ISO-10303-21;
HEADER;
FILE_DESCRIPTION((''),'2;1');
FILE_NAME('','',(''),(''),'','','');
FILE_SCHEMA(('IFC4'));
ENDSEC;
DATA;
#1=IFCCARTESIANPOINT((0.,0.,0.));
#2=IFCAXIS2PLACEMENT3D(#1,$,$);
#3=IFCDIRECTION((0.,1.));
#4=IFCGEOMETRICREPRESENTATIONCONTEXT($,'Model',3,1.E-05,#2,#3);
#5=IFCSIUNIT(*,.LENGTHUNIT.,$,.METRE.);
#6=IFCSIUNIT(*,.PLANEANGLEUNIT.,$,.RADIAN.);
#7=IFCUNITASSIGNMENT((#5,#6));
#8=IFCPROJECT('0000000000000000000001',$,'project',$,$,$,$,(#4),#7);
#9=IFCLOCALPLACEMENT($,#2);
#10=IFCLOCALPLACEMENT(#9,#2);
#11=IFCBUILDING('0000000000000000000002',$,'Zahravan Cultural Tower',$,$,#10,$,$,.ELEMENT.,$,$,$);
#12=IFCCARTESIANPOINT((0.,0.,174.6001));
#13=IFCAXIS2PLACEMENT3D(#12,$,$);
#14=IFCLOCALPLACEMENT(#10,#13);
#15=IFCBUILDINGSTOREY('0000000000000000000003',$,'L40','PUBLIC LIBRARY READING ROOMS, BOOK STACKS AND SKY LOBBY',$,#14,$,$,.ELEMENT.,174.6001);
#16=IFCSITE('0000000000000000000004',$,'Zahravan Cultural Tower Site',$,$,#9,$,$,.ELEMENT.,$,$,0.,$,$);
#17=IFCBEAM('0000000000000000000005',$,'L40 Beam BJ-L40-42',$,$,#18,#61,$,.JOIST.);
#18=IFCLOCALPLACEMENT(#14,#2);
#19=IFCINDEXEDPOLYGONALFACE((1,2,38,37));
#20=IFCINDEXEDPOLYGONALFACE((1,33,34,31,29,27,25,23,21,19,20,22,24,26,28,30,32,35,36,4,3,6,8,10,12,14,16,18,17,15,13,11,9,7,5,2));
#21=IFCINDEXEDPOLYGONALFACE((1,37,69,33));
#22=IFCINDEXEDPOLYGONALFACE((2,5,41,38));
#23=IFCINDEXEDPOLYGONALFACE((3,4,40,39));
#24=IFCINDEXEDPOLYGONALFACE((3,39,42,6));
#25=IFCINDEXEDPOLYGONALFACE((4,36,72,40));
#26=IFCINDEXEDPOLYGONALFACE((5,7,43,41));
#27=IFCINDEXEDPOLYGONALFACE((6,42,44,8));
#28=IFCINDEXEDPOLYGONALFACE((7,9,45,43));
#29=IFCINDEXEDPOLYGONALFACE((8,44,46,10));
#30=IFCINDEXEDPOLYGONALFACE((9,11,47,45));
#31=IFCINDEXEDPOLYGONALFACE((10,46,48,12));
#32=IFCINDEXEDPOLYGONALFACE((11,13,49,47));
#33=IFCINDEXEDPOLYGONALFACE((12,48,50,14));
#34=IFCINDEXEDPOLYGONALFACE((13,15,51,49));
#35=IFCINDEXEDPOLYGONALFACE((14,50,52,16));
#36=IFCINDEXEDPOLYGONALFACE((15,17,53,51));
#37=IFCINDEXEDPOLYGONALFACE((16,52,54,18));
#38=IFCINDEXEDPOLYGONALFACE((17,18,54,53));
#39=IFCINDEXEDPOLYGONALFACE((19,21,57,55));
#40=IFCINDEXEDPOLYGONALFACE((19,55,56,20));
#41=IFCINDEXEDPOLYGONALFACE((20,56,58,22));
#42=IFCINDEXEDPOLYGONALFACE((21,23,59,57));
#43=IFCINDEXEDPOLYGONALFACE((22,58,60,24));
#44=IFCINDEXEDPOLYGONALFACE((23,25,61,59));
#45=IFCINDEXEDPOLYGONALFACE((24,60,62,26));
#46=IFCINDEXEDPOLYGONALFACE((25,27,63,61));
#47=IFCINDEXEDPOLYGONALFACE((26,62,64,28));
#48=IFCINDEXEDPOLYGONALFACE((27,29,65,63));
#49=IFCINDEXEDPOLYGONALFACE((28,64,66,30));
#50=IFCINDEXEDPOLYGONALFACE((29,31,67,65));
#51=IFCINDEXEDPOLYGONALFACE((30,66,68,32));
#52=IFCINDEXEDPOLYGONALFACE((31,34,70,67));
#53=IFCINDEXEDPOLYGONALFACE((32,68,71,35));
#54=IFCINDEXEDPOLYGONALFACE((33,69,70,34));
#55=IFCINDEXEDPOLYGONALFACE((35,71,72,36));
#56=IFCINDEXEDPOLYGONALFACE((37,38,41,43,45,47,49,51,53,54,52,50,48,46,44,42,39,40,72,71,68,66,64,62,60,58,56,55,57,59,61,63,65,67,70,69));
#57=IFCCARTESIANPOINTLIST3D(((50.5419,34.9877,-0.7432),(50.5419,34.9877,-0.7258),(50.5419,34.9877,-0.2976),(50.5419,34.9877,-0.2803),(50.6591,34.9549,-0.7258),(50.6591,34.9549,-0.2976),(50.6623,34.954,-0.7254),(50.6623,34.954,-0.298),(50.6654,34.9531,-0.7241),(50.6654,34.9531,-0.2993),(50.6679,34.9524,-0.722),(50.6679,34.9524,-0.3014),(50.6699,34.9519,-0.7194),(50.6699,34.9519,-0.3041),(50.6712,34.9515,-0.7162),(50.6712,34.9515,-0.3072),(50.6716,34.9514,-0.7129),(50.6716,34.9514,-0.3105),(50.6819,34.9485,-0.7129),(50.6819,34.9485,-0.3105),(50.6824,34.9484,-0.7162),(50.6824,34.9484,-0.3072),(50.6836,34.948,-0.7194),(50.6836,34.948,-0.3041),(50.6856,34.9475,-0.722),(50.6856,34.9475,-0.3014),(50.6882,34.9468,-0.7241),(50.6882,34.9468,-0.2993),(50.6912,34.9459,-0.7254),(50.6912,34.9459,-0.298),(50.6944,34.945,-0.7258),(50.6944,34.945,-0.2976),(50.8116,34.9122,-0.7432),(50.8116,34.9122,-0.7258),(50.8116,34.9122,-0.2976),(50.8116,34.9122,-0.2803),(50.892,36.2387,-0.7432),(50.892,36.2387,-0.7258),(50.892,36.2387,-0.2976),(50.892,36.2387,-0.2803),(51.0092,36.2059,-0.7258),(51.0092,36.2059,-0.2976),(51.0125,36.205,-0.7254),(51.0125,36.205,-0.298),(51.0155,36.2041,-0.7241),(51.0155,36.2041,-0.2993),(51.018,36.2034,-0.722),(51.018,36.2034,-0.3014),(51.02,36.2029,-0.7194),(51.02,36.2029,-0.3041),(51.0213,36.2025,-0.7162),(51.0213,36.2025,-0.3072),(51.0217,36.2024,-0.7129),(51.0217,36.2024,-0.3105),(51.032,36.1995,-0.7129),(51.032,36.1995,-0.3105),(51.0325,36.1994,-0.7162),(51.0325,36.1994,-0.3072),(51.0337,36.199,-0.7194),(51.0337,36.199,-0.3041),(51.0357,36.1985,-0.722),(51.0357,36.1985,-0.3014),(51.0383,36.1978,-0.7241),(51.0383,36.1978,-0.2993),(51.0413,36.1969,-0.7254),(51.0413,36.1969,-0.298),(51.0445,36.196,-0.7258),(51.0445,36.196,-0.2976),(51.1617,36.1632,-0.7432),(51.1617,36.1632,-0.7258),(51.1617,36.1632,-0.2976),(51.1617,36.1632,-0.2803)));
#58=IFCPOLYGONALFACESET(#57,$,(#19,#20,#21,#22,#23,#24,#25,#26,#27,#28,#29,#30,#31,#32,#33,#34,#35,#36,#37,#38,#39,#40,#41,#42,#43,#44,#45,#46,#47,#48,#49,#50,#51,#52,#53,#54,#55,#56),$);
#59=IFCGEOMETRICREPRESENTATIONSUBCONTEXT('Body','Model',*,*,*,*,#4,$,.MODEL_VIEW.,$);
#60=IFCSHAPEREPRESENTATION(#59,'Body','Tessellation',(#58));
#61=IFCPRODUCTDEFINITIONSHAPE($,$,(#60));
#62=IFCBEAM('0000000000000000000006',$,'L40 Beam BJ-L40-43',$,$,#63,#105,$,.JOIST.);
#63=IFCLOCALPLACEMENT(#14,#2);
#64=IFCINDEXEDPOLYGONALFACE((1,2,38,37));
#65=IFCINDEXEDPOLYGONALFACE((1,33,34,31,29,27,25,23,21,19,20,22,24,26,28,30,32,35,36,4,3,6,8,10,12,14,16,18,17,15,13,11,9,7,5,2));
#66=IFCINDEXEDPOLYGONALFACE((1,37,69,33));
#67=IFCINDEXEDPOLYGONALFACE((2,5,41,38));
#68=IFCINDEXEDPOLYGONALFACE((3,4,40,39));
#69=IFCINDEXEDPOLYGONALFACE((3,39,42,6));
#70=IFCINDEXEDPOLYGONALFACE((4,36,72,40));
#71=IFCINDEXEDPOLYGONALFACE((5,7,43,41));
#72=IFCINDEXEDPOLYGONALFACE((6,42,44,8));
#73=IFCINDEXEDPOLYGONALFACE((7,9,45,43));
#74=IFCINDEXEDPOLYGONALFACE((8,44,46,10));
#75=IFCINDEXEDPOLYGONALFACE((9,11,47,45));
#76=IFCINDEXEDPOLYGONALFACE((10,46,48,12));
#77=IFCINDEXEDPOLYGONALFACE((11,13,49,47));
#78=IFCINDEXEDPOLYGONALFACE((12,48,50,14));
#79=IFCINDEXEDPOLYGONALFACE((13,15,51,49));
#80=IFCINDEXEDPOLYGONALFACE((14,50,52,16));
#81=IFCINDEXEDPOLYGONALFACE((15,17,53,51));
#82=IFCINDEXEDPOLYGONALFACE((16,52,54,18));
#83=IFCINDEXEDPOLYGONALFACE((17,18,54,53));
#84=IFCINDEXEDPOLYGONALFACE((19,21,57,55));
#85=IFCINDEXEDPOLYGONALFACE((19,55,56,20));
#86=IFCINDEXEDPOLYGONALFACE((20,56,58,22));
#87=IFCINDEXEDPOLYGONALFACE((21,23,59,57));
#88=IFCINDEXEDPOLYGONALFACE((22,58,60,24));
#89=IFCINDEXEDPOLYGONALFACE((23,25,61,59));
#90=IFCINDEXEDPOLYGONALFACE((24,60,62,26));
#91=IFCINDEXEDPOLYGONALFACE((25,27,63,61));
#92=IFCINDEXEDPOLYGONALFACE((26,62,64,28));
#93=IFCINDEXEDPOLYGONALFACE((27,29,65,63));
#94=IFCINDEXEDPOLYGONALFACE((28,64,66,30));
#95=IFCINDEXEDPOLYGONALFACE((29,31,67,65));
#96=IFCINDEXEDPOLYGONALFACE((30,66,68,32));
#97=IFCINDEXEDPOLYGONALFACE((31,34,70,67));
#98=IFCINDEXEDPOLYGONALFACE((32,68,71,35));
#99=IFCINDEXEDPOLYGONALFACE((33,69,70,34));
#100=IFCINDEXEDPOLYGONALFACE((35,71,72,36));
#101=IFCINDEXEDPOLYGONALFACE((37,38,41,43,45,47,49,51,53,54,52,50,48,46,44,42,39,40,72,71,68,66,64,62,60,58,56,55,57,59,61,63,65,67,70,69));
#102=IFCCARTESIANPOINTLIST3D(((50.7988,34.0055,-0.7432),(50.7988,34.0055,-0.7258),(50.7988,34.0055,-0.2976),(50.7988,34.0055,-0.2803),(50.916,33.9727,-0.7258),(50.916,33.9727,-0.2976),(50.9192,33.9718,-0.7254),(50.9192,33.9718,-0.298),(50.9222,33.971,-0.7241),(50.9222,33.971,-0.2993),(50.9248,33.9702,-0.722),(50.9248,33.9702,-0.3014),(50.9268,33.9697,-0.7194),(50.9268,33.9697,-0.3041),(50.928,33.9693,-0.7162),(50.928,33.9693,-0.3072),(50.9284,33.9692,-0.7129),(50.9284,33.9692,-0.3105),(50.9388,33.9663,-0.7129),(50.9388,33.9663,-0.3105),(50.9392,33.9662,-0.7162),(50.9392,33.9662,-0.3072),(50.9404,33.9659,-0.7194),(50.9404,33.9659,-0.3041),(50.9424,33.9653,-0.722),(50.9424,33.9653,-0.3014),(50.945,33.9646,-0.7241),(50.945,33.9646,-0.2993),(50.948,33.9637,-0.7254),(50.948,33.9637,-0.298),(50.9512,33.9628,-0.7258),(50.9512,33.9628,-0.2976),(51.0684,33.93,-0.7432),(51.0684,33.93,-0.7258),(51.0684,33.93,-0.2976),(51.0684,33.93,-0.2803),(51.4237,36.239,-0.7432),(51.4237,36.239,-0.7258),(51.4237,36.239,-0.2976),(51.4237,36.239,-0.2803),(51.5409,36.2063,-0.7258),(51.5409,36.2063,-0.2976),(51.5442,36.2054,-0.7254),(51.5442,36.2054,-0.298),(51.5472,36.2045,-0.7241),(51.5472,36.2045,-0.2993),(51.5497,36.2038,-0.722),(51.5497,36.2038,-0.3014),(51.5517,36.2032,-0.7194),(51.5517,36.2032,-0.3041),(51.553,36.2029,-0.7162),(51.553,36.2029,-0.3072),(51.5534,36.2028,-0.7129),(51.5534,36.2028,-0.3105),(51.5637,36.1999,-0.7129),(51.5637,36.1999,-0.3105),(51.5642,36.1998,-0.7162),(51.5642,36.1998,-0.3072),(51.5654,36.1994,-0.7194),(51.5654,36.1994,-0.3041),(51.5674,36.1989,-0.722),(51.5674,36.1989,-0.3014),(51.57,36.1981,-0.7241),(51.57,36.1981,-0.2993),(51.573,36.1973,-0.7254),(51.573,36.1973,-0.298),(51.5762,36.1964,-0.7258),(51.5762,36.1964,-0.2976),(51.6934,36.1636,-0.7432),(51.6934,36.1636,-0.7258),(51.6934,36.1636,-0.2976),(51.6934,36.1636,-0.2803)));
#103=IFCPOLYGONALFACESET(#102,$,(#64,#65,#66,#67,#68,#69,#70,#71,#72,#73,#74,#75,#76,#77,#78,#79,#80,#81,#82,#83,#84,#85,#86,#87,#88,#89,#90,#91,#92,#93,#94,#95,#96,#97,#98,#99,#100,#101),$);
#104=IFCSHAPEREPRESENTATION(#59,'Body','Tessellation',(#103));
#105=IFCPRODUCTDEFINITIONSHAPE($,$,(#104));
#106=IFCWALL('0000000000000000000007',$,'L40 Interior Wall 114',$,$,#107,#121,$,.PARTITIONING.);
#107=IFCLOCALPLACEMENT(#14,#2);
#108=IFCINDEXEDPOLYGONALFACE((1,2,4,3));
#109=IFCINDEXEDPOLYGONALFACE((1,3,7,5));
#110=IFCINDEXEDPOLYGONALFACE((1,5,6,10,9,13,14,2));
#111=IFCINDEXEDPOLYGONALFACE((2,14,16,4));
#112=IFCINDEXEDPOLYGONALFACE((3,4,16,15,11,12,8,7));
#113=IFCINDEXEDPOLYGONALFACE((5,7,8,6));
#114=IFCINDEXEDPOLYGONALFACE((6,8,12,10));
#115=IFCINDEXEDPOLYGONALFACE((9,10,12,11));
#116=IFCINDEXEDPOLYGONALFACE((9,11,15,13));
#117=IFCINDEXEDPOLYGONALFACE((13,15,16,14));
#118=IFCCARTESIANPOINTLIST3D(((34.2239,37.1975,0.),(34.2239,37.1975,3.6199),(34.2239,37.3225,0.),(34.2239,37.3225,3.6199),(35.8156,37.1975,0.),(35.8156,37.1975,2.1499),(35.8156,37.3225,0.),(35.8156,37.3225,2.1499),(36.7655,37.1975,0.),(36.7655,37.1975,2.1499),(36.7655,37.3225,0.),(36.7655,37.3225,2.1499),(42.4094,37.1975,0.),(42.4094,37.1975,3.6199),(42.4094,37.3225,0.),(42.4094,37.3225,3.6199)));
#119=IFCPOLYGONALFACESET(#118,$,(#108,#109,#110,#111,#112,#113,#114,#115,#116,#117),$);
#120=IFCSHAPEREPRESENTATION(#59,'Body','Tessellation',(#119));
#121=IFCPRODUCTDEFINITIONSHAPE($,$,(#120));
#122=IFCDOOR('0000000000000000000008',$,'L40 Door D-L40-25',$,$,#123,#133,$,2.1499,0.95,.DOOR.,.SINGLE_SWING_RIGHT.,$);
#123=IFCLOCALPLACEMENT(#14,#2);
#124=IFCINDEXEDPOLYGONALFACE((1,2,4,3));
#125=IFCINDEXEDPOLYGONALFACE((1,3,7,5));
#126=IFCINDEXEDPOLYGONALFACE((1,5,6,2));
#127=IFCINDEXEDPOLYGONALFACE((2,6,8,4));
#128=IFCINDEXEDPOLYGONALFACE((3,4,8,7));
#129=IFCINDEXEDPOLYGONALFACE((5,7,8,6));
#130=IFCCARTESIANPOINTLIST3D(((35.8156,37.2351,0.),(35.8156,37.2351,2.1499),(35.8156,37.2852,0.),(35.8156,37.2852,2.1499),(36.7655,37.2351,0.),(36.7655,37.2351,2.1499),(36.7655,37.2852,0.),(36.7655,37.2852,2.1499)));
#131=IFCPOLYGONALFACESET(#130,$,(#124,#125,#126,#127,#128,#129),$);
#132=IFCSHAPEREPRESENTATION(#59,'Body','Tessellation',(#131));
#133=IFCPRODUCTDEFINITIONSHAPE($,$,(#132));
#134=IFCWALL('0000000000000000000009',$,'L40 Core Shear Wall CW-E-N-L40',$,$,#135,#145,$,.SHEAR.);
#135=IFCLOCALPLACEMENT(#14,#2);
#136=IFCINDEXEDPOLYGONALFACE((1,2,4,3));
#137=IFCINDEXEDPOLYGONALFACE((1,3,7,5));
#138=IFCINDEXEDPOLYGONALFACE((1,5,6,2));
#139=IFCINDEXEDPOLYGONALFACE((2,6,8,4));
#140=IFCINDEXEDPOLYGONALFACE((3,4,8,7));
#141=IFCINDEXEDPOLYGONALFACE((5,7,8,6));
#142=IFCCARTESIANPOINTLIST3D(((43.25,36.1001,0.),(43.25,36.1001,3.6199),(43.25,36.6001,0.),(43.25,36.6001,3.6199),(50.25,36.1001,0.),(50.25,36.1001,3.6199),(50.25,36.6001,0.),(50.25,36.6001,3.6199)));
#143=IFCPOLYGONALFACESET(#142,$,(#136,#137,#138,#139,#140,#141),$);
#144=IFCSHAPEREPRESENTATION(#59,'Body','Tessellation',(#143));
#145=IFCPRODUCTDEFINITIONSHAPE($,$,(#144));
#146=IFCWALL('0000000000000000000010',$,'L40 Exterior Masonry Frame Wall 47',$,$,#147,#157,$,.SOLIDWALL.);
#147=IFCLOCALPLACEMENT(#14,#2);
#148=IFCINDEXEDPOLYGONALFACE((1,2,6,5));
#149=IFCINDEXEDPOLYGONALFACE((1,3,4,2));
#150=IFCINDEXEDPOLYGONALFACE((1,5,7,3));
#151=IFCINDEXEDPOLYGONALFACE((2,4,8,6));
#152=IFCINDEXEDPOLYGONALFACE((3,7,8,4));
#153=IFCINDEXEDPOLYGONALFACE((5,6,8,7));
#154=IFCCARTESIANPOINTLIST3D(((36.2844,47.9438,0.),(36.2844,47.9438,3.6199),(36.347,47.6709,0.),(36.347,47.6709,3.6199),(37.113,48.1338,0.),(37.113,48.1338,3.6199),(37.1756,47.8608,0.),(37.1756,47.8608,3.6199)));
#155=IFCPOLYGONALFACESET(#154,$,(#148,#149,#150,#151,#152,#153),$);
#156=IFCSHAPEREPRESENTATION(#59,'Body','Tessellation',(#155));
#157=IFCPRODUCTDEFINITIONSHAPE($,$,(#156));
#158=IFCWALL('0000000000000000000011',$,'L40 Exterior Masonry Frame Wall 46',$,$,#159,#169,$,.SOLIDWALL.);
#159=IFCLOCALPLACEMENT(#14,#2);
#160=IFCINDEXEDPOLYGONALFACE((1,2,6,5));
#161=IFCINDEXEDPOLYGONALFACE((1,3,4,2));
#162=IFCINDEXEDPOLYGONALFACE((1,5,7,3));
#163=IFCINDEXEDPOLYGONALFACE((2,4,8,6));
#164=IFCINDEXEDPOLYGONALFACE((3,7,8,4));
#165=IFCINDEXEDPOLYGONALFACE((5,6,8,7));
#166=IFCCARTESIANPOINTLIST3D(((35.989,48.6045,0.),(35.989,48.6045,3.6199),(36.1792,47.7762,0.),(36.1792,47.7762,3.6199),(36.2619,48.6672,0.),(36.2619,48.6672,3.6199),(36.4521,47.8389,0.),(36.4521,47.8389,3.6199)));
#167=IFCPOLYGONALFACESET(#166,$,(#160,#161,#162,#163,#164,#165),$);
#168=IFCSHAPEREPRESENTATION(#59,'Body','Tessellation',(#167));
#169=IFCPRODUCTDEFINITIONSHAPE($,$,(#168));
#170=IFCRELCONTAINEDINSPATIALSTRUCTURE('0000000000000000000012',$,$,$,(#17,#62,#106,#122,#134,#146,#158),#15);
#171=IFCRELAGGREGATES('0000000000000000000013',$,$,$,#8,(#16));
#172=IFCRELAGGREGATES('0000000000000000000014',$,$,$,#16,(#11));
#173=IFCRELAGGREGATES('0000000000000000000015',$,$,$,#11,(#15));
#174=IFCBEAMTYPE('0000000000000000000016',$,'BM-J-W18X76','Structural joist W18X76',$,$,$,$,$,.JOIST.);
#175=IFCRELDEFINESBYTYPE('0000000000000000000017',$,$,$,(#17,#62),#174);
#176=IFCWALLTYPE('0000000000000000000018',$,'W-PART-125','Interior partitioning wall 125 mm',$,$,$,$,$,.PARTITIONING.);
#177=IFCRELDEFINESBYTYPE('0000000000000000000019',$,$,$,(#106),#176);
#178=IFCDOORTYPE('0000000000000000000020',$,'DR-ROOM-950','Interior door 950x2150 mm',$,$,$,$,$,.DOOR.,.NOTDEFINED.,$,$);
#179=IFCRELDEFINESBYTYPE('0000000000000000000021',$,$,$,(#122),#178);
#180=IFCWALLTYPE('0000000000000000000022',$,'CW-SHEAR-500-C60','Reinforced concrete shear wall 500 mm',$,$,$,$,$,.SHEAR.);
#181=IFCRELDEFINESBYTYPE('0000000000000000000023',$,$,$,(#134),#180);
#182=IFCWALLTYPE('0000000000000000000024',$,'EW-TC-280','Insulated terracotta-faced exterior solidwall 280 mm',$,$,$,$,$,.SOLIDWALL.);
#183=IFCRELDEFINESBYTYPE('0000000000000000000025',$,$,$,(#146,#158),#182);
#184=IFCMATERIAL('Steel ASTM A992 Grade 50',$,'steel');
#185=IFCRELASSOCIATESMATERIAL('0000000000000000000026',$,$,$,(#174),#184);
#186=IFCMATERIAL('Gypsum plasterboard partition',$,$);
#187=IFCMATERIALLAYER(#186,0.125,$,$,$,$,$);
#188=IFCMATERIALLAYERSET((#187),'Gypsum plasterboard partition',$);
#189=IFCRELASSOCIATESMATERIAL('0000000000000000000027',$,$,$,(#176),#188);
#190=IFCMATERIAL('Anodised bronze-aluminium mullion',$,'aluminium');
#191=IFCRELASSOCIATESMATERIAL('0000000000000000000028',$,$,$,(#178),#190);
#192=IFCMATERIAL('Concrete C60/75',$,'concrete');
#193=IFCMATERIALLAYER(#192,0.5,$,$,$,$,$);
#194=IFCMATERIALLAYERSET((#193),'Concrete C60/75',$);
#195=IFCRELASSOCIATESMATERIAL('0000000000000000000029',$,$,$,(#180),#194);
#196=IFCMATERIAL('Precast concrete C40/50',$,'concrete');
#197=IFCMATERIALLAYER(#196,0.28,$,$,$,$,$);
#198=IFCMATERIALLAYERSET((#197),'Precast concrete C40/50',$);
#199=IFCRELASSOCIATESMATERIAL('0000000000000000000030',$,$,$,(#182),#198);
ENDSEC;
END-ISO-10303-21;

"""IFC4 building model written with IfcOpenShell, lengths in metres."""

from ifc_helpers import new_model, si_unit, direction, frame, frame_2d, origin, origin_2d, place, context, subcontext, project, spatial, rectangle, i_section, extrude, source, transform, mapped, material, layer, layer_set, material_profile, profile_set, type_object, element, fill, save


model = new_model("IFC4")

# Units and contexts
model_context = context("Model", 3, precision=1e-05, world=origin(), true_north=direction((0.0, 1.0)))
body_context = subcontext(model_context, "Body", "Model", "MODEL_VIEW")
ifc_project = project(units=[si_unit("LENGTHUNIT", "METRE"), si_unit("PLANEANGLEUNIT", "RADIAN")], contexts=[model_context])

# Site, building, storey
site_placement = place(None, origin())
site = spatial("IfcSite", under=ifc_project, at=site_placement, Name="Zahravan Cultural Tower Site", CompositionType="ELEMENT", RefElevation=0.0)
building_placement = place(site_placement, origin())
building = spatial("IfcBuilding", under=site, at=building_placement, Name="Zahravan Cultural Tower", CompositionType="ELEMENT")
storey_placement = place(building_placement, frame((0.0, 0.0, 174.6001)))
storey = spatial("IfcBuildingStorey", under=building, at=storey_placement, Name="L40", Description="PUBLIC LIBRARY READING ROOMS, BOOK STACKS AND SKY LOBBY", CompositionType="ELEMENT", Elevation=174.6001)

# Beams
ifc_material_1 = material(Name="Steel ASTM A992 Grade 50", Category="steel")
ifc_material_profile_1 = material_profile(ifc_material_1, i_section(OverallWidth=0.28, OverallDepth=0.4629, WebThickness=0.0107, FlangeThickness=0.0173, FilletRadius=0.0129, at=origin_2d()), Name="W18X76")
ifc_profile_set_1 = profile_set([ifc_material_profile_1], Name="Steel ASTM A992 Grade 50")
beam_type_1 = type_object("IfcBeamType", Name="BM-J-W18X76", Description="Structural joist W18X76", PredefinedType="JOIST", material=ifc_profile_set_1)
shared_shape_1 = source(origin(), body_context, "Body", "SweptSolid", [
    extrude(i_section(OverallWidth=0.28, OverallDepth=0.4629, WebThickness=0.0107, FlangeThickness=0.0173, FilletRadius=0.0129, at=origin_2d()), origin(), (0.0, 0.0, 1.0), 1.2991),
])
beam_1_placement = place(storey_placement, frame((50.6768, 34.95, -0.5117), z_axis=(0.269504, 0.962999, 0.0), x_axis=(-0.962999, 0.269504, 0.0)))
element("IfcBeam", 1, at=beam_1_placement, inside=storey, type_object=beam_type_1, Name="L40 Beam BJ-L40-42", PredefinedType="JOIST", context=body_context, shape_type="MappedRepresentation", body=[
    mapped(shared_shape_1, transform((0.0, 0.0, 0.0), x_axis=(1.0, 0.0, 0.0), y_axis=(0.0, 1.0, 0.0), z_axis=(0.0, 0.0, 1.0), scale=1.0)),
])
shared_shape_2 = source(origin(), body_context, "Body", "SweptSolid", [
    extrude(i_section(OverallWidth=0.28, OverallDepth=0.4629, WebThickness=0.0107, FlangeThickness=0.0173, FilletRadius=0.0129, at=origin_2d()), origin(), (0.0, 0.0, 1.0), 2.3193),
])
beam_2_placement = place(storey_placement, frame((50.9336, 33.9678, -0.5117), z_axis=(0.269462, 0.963011, 0.0), x_axis=(-0.963011, 0.269462, 0.0)))
element("IfcBeam", 2, at=beam_2_placement, inside=storey, type_object=beam_type_1, Name="L40 Beam BJ-L40-43", PredefinedType="JOIST", context=body_context, shape_type="MappedRepresentation", body=[
    mapped(shared_shape_2, transform((0.0, 0.0, 0.0), x_axis=(1.0, 0.0, 0.0), y_axis=(0.0, 1.0, 0.0), z_axis=(0.0, 0.0, 1.0), scale=1.0)),
])

# Wall, opening, door
ifc_material_2 = material(Name="Gypsum plasterboard partition")
ifc_layer_1 = layer(ifc_material_2, 0.125)
ifc_layer_set_1 = layer_set([ifc_layer_1], Name="Gypsum plasterboard partition")
wall_type_1 = type_object("IfcWallType", Name="W-PART-125", Description="Interior partitioning wall 125 mm", PredefinedType="PARTITIONING", material=ifc_layer_set_1)
wall_1_placement = place(storey_placement, frame((42.4094, 37.26, 0.0), z_axis=(0.0, 0.0, 1.0), x_axis=(-1.0, 0.0, 0.0)))
wall_1 = element("IfcWall", 3, at=wall_1_placement, inside=storey, type_object=wall_type_1, Name="L40 Interior Wall 114", PredefinedType="PARTITIONING", context=body_context, shape_type="SweptSolid", body=[
    extrude(rectangle(XDim=8.1855, YDim=0.125, at=frame_2d((4.0928, 0.0))), origin(), (0.0, 0.0, 1.0), 3.6199),
])
opening_1_placement = place(wall_1_placement, frame((5.6438, 0.0, 0.0)))
opening_1 = element("IfcOpeningElement", 4, at=opening_1_placement, cuts=wall_1, PredefinedType="OPENING", context=body_context, shape_type="SweptSolid", body=[
    extrude(rectangle(XDim=0.95, YDim=2.1499, at=frame_2d((0.4751, 1.075))), frame((0.0, 0.0725, 0.0), z_axis=(0.0, -1.0, 0.0), x_axis=(1.0, 0.0, 0.0)), (0.0, 0.0, 1.0), 0.145),
])
ifc_material_3 = material(Name="Anodised bronze-aluminium mullion", Category="aluminium")
door_type_1 = type_object("IfcDoorType", Name="DR-ROOM-950", Description="Interior door 950x2150 mm", OperationType="NOTDEFINED", PredefinedType="DOOR", material=ifc_material_3)
shared_shape_3 = source(origin(), body_context, "Body", "SweptSolid", [
    extrude(rectangle(XDim=0.95, YDim=2.1499, at=frame_2d((0.4751, 1.075))), frame((0.0, 0.0249, 0.0), z_axis=(0.0, -1.0, 0.0), x_axis=(1.0, 0.0, 0.0)), (0.0, 0.0, 1.0), 0.05),
])
door_1_placement = place(opening_1_placement, origin())
door_1 = element("IfcDoor", 5, at=door_1_placement, inside=storey, type_object=door_type_1, Name="L40 Door D-L40-25", OperationType="SINGLE_SWING_RIGHT", OverallHeight=2.1499, OverallWidth=0.95, PredefinedType="DOOR", context=body_context, shape_type="MappedRepresentation", body=[
    mapped(shared_shape_3, transform((0.0, 0.0, 0.0), x_axis=(1.0, 0.0, 0.0), y_axis=(0.0, 1.0, 0.0), z_axis=(0.0, 0.0, 1.0), scale=1.0)),
])
fill(opening_1, door_1)

# Walls
ifc_material_4 = material(Name="Concrete C60/75", Category="concrete")
ifc_layer_2 = layer(ifc_material_4, 0.5)
ifc_layer_set_2 = layer_set([ifc_layer_2], Name="Concrete C60/75")
wall_type_2 = type_object("IfcWallType", Name="CW-SHEAR-500-C60", Description="Reinforced concrete shear wall 500 mm", PredefinedType="SHEAR", material=ifc_layer_set_2)
shared_shape_4 = source(origin(), body_context, "Body", "SweptSolid", [
    extrude(rectangle(XDim=7.0, YDim=0.5, at=frame_2d((3.5, 0.0))), origin(), (0.0, 0.0, 1.0), 3.6199),
])
wall_2_placement = place(storey_placement, frame((43.25, 36.3501, 0.0), z_axis=(0.0, 0.0, 1.0), x_axis=(1.0, 0.0, 0.0)))
element("IfcWall", 6, at=wall_2_placement, inside=storey, type_object=wall_type_2, Name="L40 Core Shear Wall CW-E-N-L40", PredefinedType="SHEAR", context=body_context, shape_type="MappedRepresentation", body=[
    mapped(shared_shape_4, transform((0.0, 0.0, 0.0), x_axis=(1.0, 0.0, 0.0), y_axis=(0.0, 1.0, 0.0), z_axis=(0.0, 0.0, 1.0), scale=1.0)),
])
ifc_material_5 = material(Name="Precast concrete C40/50", Category="concrete")
ifc_layer_3 = layer(ifc_material_5, 0.28)
ifc_layer_set_3 = layer_set([ifc_layer_3], Name="Precast concrete C40/50")
wall_type_3 = type_object("IfcWallType", Name="EW-TC-280", Description="Insulated terracotta-faced exterior solidwall 280 mm", PredefinedType="SOLIDWALL", material=ifc_layer_set_3)
shared_shape_5 = source(origin(), body_context, "Body", "SweptSolid", [
    extrude(rectangle(XDim=0.8501, YDim=0.28, at=frame_2d((0.425, 0.0))), origin(), (0.0, 0.0, 1.0), 3.6199),
])
wall_3_placement = place(storey_placement, frame((36.3157, 47.8074, 0.0), z_axis=(0.0, 0.0, 1.0), x_axis=(0.974719, 0.223433, 0.0)))
element("IfcWall", 7, at=wall_3_placement, inside=storey, type_object=wall_type_3, Name="L40 Exterior Masonry Frame Wall 47", PredefinedType="SOLIDWALL", context=body_context, shape_type="MappedRepresentation", body=[
    mapped(shared_shape_5, transform((0.0, 0.0, 0.0), x_axis=(1.0, 0.0, 0.0), y_axis=(0.0, 1.0, 0.0), z_axis=(0.0, 0.0, 1.0), scale=1.0)),
])
shared_shape_6 = source(origin(), body_context, "Body", "SweptSolid", [
    extrude(rectangle(XDim=0.8499, YDim=0.28, at=frame_2d((0.4248, 0.0))), origin(), (0.0, 0.0, 1.0), 3.6199),
])
for number, where, z_axis, x_axis, name in (
    (8, (36.1255, 48.6357, 0.0), (0.0, 0.0, 1.0), (0.223768, -0.974642, 0.0), "L40 Exterior Masonry Frame Wall 46"),
):
    element("IfcWall", number, at=place(storey_placement, frame(where, z_axis=z_axis, x_axis=x_axis)), inside=storey, type_object=wall_type_3, Name=name, PredefinedType="SOLIDWALL", context=body_context, shape_type="MappedRepresentation", body=[
        mapped(shared_shape_6, transform((0.0, 0.0, 0.0), x_axis=(1.0, 0.0, 0.0), y_axis=(0.0, 1.0, 0.0), z_axis=(0.0, 0.0, 1.0), scale=1.0)),
    ])

save(model, "model.ifc")
